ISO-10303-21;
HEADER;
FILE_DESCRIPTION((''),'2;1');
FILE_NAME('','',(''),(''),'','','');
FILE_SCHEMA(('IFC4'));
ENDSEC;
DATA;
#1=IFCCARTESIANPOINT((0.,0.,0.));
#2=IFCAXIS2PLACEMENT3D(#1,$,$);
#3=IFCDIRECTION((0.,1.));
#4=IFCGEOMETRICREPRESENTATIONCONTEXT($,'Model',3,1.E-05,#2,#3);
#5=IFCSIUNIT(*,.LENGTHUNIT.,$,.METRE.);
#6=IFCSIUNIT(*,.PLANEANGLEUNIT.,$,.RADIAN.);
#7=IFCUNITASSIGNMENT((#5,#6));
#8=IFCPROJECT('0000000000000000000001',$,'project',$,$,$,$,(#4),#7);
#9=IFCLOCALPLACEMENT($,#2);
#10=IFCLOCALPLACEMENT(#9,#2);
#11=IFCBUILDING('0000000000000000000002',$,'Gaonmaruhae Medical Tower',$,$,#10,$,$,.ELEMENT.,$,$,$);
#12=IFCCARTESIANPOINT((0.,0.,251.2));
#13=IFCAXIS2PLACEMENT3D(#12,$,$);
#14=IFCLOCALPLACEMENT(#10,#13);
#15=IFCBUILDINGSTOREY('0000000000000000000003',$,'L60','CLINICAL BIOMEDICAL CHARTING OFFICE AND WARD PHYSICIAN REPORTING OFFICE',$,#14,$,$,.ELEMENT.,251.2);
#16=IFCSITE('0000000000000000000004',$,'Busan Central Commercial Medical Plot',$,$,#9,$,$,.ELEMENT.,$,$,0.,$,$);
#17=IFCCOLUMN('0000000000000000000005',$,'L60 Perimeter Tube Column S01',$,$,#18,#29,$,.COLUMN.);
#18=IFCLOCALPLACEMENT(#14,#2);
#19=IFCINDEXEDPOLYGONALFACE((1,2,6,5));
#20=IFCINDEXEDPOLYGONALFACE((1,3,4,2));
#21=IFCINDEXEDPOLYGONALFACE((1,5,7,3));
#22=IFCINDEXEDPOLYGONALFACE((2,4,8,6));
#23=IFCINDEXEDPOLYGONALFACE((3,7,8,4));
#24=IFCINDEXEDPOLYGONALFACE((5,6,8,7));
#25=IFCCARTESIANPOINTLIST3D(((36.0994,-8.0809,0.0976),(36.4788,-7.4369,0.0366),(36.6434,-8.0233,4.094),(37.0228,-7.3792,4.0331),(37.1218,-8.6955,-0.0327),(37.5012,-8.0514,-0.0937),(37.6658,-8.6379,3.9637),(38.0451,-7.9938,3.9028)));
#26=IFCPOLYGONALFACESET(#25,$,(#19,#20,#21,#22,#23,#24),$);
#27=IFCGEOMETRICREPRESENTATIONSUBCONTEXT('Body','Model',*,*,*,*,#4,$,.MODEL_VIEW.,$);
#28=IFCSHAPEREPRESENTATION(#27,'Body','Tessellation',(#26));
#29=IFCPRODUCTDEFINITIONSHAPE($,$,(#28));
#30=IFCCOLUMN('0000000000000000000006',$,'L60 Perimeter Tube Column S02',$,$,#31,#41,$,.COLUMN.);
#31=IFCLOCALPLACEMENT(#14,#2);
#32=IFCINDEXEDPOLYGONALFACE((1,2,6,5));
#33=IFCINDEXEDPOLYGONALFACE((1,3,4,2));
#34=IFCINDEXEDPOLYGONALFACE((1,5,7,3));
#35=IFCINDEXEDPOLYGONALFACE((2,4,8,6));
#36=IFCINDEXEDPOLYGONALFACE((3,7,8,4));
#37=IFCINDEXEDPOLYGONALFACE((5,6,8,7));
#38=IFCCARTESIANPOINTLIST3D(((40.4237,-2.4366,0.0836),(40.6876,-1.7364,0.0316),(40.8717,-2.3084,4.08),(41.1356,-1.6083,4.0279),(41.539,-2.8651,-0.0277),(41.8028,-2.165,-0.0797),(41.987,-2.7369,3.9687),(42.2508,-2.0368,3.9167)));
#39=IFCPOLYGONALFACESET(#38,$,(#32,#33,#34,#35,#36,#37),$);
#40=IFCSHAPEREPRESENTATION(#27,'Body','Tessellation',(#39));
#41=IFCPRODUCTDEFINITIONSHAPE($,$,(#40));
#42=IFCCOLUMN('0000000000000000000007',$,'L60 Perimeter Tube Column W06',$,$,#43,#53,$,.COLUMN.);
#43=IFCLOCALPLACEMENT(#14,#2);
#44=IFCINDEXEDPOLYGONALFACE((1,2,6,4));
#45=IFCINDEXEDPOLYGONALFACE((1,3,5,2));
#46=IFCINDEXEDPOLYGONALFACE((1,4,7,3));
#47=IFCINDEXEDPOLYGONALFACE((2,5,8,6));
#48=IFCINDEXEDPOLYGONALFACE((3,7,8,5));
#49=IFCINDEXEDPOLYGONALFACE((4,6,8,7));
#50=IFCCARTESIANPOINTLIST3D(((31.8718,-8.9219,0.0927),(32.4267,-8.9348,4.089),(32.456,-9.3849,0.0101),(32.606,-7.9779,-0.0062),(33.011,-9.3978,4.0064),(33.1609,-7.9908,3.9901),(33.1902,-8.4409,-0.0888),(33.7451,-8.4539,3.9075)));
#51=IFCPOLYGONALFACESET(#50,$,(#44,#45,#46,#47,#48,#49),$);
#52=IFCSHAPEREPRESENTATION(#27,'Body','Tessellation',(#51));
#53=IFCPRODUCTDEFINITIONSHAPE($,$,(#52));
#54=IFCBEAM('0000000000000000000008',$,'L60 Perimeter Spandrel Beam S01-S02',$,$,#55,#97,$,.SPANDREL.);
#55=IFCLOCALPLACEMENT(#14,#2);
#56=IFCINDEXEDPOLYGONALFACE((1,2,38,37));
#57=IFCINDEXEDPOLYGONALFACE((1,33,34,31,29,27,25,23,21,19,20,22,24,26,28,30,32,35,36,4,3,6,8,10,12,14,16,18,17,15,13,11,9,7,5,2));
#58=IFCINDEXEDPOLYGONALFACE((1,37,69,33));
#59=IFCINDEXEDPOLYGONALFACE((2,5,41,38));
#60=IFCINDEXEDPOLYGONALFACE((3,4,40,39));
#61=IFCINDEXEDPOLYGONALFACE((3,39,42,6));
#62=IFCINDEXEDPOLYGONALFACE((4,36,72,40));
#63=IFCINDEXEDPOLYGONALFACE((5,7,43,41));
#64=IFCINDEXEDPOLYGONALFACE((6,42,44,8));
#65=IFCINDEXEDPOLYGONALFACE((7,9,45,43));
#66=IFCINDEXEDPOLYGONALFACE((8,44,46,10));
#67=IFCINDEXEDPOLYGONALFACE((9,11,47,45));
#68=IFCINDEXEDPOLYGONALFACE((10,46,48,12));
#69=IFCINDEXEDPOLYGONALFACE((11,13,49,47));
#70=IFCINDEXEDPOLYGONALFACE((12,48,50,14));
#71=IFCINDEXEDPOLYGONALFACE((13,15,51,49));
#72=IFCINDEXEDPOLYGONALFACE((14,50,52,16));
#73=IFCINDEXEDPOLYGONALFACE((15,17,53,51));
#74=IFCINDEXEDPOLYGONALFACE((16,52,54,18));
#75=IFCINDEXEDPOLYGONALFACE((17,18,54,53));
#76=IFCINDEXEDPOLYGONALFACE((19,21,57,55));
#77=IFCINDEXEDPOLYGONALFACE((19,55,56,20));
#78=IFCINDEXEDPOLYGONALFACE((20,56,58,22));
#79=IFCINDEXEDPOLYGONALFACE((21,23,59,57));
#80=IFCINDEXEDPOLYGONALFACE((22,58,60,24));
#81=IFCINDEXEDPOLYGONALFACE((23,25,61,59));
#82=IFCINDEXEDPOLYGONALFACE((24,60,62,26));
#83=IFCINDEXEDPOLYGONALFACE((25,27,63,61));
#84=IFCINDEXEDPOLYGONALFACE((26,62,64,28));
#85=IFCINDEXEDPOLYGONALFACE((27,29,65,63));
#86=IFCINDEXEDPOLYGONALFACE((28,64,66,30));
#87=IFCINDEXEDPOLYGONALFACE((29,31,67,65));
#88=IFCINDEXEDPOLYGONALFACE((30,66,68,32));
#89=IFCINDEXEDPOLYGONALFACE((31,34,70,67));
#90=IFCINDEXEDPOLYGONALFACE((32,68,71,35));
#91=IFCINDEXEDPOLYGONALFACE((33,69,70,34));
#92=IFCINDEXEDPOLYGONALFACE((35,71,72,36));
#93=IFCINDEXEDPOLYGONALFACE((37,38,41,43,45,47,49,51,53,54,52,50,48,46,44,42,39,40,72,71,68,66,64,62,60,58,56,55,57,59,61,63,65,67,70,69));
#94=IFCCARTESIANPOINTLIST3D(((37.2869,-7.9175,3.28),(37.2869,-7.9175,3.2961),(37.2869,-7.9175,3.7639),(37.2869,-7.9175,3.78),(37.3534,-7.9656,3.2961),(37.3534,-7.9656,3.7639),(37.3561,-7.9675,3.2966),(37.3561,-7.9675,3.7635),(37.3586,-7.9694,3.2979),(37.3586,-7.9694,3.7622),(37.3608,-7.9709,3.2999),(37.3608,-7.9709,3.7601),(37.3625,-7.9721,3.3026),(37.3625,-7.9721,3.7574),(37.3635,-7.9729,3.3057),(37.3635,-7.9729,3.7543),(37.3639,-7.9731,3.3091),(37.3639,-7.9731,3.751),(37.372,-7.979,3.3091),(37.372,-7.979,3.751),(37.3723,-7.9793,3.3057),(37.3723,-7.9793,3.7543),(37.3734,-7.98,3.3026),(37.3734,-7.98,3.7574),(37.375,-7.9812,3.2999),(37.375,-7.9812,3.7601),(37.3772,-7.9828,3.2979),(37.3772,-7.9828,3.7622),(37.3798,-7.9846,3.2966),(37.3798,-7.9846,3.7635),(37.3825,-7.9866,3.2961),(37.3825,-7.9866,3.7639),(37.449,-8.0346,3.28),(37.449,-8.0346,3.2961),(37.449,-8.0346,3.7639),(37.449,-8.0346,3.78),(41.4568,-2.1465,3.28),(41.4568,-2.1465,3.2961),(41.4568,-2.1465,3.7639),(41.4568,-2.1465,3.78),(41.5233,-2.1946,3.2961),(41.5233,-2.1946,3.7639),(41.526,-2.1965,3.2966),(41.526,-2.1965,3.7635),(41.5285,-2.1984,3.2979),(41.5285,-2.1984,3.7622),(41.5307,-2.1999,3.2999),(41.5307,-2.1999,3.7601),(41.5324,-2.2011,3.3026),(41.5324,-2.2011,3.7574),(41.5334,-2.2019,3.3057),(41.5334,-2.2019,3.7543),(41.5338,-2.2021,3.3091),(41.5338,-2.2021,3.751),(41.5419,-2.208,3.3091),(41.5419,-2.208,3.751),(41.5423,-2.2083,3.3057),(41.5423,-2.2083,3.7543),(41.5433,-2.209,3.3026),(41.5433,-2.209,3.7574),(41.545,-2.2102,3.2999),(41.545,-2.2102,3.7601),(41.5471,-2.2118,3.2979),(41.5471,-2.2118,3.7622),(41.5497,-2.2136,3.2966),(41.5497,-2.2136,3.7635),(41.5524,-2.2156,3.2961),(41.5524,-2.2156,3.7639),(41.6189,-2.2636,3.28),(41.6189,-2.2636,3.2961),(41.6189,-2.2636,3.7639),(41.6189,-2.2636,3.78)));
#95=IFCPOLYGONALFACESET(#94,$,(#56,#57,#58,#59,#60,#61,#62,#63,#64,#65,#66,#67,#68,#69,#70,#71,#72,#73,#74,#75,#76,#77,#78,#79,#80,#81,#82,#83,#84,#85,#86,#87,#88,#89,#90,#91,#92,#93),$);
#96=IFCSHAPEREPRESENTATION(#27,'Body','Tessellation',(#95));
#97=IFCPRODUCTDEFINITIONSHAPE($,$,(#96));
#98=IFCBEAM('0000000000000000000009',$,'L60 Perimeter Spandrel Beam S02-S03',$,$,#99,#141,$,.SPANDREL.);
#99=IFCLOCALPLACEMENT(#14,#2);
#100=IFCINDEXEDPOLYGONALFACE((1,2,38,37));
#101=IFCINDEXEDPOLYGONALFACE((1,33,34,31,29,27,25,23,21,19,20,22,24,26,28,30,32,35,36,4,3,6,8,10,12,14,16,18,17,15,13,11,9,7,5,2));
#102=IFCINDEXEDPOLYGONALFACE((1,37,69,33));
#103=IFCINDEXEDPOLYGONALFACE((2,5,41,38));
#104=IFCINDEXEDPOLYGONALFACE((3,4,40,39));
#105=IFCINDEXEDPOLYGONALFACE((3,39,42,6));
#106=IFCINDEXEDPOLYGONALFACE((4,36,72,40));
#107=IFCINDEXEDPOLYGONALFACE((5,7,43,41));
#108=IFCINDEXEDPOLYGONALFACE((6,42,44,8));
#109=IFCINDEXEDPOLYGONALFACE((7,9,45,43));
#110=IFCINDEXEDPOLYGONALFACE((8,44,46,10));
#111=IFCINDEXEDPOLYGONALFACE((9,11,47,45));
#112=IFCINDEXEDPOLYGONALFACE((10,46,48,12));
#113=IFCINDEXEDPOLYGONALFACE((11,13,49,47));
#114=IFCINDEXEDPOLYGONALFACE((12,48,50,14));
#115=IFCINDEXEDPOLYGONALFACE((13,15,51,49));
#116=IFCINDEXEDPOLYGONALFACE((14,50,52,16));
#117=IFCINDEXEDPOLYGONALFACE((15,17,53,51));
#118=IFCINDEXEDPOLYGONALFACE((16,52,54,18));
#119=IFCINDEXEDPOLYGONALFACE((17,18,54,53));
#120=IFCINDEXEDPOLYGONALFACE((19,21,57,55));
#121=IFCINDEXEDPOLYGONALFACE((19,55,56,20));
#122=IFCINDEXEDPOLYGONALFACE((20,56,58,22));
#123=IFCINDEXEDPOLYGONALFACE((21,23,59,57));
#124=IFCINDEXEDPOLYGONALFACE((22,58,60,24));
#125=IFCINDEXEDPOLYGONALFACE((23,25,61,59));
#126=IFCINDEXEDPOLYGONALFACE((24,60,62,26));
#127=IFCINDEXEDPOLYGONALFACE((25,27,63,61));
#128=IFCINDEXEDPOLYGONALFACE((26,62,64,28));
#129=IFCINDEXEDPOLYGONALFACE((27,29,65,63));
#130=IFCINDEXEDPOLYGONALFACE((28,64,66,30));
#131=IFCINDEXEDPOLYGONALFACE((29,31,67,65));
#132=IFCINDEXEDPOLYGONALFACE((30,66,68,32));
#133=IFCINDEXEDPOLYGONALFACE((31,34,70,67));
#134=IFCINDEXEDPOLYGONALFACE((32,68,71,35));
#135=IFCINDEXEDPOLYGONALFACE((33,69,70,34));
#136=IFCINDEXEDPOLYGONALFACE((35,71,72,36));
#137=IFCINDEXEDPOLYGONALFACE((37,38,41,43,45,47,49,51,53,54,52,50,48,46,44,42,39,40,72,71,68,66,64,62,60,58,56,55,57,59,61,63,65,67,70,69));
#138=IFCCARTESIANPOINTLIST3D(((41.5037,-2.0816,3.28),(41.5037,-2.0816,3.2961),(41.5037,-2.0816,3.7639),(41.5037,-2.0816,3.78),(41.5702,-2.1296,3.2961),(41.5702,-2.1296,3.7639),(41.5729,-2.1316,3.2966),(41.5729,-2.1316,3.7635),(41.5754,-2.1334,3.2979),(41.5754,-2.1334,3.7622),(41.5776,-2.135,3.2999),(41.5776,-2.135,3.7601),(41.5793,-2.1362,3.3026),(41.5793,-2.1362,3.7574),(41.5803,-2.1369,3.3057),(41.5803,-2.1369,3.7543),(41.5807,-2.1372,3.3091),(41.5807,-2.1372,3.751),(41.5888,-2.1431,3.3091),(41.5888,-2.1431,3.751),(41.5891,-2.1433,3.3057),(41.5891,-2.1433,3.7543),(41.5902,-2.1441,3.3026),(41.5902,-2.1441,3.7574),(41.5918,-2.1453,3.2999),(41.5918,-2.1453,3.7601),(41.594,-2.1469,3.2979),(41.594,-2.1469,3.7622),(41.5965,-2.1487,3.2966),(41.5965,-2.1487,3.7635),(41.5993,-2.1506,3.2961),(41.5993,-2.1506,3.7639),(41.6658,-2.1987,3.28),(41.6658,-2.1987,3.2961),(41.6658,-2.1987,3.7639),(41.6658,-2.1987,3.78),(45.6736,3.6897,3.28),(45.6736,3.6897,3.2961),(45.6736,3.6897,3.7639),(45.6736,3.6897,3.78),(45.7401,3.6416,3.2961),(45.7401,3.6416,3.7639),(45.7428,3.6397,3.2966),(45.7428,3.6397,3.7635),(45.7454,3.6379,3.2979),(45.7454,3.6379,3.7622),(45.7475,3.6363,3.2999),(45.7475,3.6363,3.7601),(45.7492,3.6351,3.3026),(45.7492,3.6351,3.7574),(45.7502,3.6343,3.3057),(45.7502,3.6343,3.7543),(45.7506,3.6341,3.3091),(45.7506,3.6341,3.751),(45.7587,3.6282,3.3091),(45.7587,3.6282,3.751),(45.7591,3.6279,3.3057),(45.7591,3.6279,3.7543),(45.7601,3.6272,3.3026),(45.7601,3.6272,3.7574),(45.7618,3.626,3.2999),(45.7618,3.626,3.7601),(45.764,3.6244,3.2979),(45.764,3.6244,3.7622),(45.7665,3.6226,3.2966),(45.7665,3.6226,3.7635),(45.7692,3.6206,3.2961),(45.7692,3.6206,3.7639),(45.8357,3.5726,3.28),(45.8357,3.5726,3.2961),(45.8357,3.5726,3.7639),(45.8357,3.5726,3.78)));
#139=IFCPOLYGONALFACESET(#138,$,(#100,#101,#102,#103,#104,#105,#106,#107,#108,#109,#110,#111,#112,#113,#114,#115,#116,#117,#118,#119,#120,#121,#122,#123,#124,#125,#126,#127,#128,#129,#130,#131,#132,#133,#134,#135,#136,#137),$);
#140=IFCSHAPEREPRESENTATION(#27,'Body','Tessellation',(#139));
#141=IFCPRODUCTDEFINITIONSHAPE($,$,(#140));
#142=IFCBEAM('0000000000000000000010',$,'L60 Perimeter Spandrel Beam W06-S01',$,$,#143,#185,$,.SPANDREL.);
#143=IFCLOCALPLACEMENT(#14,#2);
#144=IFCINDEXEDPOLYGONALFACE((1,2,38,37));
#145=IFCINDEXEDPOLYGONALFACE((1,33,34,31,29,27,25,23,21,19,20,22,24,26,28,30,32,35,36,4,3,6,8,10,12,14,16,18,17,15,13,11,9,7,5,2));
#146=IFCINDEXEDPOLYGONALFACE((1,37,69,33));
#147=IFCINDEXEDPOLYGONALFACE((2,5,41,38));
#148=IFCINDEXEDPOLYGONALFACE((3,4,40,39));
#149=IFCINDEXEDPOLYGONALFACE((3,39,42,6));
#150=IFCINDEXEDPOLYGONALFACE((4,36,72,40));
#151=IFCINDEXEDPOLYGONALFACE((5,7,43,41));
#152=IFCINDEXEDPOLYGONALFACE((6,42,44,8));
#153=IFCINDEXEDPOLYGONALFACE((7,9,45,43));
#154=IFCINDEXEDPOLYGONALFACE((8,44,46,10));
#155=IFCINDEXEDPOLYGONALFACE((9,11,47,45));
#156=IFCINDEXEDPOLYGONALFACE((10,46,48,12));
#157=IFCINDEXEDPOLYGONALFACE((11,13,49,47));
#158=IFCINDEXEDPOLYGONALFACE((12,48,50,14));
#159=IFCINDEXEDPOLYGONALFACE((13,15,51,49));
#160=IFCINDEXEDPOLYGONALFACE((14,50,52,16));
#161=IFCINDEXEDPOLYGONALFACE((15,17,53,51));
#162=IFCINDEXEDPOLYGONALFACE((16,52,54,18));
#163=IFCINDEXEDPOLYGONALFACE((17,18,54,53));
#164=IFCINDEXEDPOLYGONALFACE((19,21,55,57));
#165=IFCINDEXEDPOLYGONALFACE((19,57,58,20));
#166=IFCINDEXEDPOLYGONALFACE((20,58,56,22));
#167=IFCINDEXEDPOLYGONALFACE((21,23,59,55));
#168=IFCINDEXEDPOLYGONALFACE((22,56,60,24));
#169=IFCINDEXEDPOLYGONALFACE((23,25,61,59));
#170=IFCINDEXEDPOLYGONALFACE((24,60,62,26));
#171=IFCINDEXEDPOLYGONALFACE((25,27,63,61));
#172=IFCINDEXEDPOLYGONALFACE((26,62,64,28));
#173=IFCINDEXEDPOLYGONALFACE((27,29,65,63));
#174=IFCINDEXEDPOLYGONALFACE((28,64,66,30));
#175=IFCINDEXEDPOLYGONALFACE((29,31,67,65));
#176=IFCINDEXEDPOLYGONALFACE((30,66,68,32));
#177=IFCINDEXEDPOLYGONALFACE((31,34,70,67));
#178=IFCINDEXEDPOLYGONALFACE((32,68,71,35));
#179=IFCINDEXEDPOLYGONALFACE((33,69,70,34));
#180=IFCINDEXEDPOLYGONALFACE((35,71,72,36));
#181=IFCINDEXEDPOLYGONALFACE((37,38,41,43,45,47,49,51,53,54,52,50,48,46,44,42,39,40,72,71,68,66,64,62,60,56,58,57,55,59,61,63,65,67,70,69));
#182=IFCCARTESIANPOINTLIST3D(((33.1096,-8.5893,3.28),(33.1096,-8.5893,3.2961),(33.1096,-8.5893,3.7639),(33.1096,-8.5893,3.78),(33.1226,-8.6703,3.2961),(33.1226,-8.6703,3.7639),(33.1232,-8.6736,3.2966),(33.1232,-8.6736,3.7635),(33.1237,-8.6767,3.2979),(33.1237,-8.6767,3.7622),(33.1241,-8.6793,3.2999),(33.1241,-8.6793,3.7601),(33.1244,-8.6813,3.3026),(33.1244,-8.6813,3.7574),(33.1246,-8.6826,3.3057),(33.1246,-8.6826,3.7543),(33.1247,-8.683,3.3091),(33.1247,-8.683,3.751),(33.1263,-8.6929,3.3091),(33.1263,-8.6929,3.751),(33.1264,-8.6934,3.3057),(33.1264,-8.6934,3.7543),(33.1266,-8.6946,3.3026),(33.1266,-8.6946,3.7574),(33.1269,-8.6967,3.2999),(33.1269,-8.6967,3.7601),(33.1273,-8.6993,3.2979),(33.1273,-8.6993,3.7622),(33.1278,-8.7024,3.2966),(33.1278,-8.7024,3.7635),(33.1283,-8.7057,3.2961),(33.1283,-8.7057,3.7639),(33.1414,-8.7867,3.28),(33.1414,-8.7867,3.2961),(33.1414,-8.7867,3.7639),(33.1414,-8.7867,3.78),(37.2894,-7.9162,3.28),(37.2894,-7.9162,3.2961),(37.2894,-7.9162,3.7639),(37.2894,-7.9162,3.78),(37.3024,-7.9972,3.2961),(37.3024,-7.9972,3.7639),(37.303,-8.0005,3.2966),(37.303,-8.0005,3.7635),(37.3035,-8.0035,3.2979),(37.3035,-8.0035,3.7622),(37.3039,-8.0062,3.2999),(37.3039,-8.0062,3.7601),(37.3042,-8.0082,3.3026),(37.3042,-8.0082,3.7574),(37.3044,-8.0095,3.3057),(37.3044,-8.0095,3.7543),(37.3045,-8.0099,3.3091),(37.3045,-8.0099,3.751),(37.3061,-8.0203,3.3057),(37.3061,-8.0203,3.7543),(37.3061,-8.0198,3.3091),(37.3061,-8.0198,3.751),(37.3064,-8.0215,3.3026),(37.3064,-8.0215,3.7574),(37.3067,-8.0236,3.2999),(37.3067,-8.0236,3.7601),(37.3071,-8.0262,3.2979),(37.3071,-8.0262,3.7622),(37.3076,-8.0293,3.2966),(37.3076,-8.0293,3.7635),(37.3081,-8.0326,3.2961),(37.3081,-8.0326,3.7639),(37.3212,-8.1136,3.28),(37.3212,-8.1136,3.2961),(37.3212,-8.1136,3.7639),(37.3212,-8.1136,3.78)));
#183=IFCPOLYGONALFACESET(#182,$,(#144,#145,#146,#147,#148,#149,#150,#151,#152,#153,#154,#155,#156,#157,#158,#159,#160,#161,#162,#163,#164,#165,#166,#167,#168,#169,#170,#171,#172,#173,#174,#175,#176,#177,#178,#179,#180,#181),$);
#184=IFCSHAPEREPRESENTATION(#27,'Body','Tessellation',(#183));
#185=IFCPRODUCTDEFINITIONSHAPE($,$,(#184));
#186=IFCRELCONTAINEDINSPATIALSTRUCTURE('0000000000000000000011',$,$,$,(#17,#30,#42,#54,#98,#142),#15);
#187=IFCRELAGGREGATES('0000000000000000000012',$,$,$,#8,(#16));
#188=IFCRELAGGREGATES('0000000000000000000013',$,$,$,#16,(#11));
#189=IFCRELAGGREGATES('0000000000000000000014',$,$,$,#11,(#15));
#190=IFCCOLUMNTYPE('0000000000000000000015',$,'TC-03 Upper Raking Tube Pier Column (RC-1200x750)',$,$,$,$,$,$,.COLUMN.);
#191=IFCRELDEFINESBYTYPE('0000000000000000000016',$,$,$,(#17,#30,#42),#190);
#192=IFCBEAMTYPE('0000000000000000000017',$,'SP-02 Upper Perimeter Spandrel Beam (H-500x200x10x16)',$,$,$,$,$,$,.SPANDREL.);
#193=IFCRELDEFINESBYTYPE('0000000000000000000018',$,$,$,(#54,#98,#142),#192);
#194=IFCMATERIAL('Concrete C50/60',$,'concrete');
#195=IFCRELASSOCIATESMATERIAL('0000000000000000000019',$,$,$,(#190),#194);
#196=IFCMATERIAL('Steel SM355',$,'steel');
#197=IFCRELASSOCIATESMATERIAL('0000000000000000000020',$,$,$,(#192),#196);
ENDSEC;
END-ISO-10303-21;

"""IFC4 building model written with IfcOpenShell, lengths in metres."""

from ifc_helpers import new_model, si_unit, direction, frame, origin, origin_2d, place, context, subcontext, project, spatial, rectangle, i_section, extrude, material, material_profile, profile_set, type_object, element, save


model = new_model("IFC4")

# Units and contexts
model_context = context("Model", 3, precision=1e-05, world=origin(), true_north=direction((0.0, 1.0)))
body_context = subcontext(model_context, "Body", "Model", "MODEL_VIEW")
ifc_project = project(units=[si_unit("LENGTHUNIT", "METRE"), si_unit("PLANEANGLEUNIT", "RADIAN")], contexts=[model_context])

# Site, building, storey
site_placement = place(None, origin())
site = spatial("IfcSite", under=ifc_project, at=site_placement, Name="Busan Central Commercial Medical Plot", CompositionType="ELEMENT", RefElevation=0.0)
building_placement = place(site_placement, origin())
building = spatial("IfcBuilding", under=site, at=building_placement, Name="Gaonmaruhae Medical Tower", CompositionType="ELEMENT")
storey_placement = place(building_placement, frame((0.0, 0.0, 251.2)))
storey = spatial("IfcBuildingStorey", under=building, at=storey_placement, Name="L60", Description="CLINICAL BIOMEDICAL CHARTING OFFICE AND WARD PHYSICIAN REPORTING OFFICE", CompositionType="ELEMENT", Elevation=251.2)

# Columns
ifc_material_1 = material(Name="Concrete C50/60", Category="concrete")
ifc_material_profile_1 = material_profile(ifc_material_1, rectangle(XDim=1.2, YDim=0.75, at=origin_2d()), Name="RC-1200x750")
ifc_profile_set_1 = profile_set([ifc_material_profile_1], Name="Concrete C50/60")
column_type = type_object("IfcColumnType", Name="TC-03 Upper Raking Tube Pier Column (RC-1200x750)", PredefinedType="COLUMN", material=ifc_profile_set_1)
column_1_placement = place(storey_placement, frame((36.8003, -8.0662, 0.002), z_axis=(0.134854, 0.014284, 0.990763), x_axis=(-0.852019, 0.512125, 0.108586)))
element("IfcColumn", 1, at=column_1_placement, inside=storey, type_object=column_type, Name="L60 Perimeter Tube Column S01", PredefinedType="COLUMN", context=body_context, shape_type="SweptSolid", body=[
    extrude(rectangle(XDim=1.2, YDim=0.75, at=origin_2d()), origin(), (0.0, 0.0, 1.0), 4.0337),
])
column_2_placement = place(storey_placement, frame((41.1133, -2.3008, 0.002), z_axis=(0.111348, 0.031857, 0.993271), x_axis=(-0.929434, 0.357144, 0.092737)))
element("IfcColumn", 2, at=column_2_placement, inside=storey, type_object=column_type, Name="L60 Perimeter Tube Column S02", PredefinedType="COLUMN", context=body_context, shape_type="SweptSolid", body=[
    extrude(rectangle(XDim=1.2, YDim=0.75, at=origin_2d()), origin(), (0.0, 0.0, 1.0), 4.0234),
])
column_3_placement = place(storey_placement, frame((32.531, -8.6814, 0.002), z_axis=(0.13754, -0.003207, 0.990491), x_axis=(-0.611832, -0.786683, 0.082412)))
element("IfcColumn", 3, at=column_3_placement, inside=storey, type_object=column_type, Name="L60 Perimeter Tube Column W06", PredefinedType="COLUMN", context=body_context, shape_type="SweptSolid", body=[
    extrude(rectangle(XDim=1.2, YDim=0.75, at=origin_2d()), origin(), (0.0, 0.0, 1.0), 4.0347),
])

# Beams
ifc_material_2 = material(Name="Steel SM355", Category="steel")
ifc_material_profile_2 = material_profile(ifc_material_2, i_section(OverallWidth=0.2, OverallDepth=0.5, WebThickness=0.01, FlangeThickness=0.0161, FilletRadius=0.0129, at=origin_2d()), Name="H-500x200x10x16")
ifc_profile_set_2 = profile_set([ifc_material_profile_2], Name="Steel SM355")
beam_type = type_object("IfcBeamType", Name="SP-02 Upper Perimeter Spandrel Beam (H-500x200x10x16)", PredefinedType="SPANDREL", material=ifc_profile_set_2)
beam_1_placement = place(storey_placement, frame((37.3679, -7.9761, 3.53), z_axis=(0.585673, 0.810547, 0.0), x_axis=(-0.810547, 0.585673, 0.0)))
element("IfcBeam", 4, at=beam_1_placement, inside=storey, type_object=beam_type, Name="L60 Perimeter Spandrel Beam S01-S02", PredefinedType="SPANDREL", context=body_context, shape_type="SweptSolid", body=[
    extrude(i_section(OverallWidth=0.2, OverallDepth=0.5, WebThickness=0.01, FlangeThickness=0.0161, FilletRadius=0.0129, at=origin_2d()), origin(), (0.0, 0.0, 1.0), 7.1199),
])
beam_2_placement = place(storey_placement, frame((41.5847, -2.1401, 3.53), z_axis=(0.585657, 0.810559, 0.0), x_axis=(-0.810559, 0.585657, 0.0)))
element("IfcBeam", 5, at=beam_2_placement, inside=storey, type_object=beam_type, Name="L60 Perimeter Spandrel Beam S02-S03", PredefinedType="SPANDREL", context=body_context, shape_type="SweptSolid", body=[
    extrude(i_section(OverallWidth=0.2, OverallDepth=0.5, WebThickness=0.01, FlangeThickness=0.0161, FilletRadius=0.0129, at=origin_2d()), origin(), (0.0, 0.0, 1.0), 7.1201),
])
beam_3_placement = place(storey_placement, frame((33.1255, -8.688, 3.53), z_axis=(0.98728, 0.158991, 0.0), x_axis=(-0.158991, 0.98728, 0.0)))
element("IfcBeam", 6, at=beam_3_placement, inside=storey, type_object=beam_type, Name="L60 Perimeter Spandrel Beam W06-S01", PredefinedType="SPANDREL", context=body_context, shape_type="SweptSolid", body=[
    extrude(i_section(OverallWidth=0.2, OverallDepth=0.5, WebThickness=0.01, FlangeThickness=0.0161, FilletRadius=0.0129, at=origin_2d()), origin(), (0.0, 0.0, 1.0), 4.2336),
])

save(model, "model.ifc")
